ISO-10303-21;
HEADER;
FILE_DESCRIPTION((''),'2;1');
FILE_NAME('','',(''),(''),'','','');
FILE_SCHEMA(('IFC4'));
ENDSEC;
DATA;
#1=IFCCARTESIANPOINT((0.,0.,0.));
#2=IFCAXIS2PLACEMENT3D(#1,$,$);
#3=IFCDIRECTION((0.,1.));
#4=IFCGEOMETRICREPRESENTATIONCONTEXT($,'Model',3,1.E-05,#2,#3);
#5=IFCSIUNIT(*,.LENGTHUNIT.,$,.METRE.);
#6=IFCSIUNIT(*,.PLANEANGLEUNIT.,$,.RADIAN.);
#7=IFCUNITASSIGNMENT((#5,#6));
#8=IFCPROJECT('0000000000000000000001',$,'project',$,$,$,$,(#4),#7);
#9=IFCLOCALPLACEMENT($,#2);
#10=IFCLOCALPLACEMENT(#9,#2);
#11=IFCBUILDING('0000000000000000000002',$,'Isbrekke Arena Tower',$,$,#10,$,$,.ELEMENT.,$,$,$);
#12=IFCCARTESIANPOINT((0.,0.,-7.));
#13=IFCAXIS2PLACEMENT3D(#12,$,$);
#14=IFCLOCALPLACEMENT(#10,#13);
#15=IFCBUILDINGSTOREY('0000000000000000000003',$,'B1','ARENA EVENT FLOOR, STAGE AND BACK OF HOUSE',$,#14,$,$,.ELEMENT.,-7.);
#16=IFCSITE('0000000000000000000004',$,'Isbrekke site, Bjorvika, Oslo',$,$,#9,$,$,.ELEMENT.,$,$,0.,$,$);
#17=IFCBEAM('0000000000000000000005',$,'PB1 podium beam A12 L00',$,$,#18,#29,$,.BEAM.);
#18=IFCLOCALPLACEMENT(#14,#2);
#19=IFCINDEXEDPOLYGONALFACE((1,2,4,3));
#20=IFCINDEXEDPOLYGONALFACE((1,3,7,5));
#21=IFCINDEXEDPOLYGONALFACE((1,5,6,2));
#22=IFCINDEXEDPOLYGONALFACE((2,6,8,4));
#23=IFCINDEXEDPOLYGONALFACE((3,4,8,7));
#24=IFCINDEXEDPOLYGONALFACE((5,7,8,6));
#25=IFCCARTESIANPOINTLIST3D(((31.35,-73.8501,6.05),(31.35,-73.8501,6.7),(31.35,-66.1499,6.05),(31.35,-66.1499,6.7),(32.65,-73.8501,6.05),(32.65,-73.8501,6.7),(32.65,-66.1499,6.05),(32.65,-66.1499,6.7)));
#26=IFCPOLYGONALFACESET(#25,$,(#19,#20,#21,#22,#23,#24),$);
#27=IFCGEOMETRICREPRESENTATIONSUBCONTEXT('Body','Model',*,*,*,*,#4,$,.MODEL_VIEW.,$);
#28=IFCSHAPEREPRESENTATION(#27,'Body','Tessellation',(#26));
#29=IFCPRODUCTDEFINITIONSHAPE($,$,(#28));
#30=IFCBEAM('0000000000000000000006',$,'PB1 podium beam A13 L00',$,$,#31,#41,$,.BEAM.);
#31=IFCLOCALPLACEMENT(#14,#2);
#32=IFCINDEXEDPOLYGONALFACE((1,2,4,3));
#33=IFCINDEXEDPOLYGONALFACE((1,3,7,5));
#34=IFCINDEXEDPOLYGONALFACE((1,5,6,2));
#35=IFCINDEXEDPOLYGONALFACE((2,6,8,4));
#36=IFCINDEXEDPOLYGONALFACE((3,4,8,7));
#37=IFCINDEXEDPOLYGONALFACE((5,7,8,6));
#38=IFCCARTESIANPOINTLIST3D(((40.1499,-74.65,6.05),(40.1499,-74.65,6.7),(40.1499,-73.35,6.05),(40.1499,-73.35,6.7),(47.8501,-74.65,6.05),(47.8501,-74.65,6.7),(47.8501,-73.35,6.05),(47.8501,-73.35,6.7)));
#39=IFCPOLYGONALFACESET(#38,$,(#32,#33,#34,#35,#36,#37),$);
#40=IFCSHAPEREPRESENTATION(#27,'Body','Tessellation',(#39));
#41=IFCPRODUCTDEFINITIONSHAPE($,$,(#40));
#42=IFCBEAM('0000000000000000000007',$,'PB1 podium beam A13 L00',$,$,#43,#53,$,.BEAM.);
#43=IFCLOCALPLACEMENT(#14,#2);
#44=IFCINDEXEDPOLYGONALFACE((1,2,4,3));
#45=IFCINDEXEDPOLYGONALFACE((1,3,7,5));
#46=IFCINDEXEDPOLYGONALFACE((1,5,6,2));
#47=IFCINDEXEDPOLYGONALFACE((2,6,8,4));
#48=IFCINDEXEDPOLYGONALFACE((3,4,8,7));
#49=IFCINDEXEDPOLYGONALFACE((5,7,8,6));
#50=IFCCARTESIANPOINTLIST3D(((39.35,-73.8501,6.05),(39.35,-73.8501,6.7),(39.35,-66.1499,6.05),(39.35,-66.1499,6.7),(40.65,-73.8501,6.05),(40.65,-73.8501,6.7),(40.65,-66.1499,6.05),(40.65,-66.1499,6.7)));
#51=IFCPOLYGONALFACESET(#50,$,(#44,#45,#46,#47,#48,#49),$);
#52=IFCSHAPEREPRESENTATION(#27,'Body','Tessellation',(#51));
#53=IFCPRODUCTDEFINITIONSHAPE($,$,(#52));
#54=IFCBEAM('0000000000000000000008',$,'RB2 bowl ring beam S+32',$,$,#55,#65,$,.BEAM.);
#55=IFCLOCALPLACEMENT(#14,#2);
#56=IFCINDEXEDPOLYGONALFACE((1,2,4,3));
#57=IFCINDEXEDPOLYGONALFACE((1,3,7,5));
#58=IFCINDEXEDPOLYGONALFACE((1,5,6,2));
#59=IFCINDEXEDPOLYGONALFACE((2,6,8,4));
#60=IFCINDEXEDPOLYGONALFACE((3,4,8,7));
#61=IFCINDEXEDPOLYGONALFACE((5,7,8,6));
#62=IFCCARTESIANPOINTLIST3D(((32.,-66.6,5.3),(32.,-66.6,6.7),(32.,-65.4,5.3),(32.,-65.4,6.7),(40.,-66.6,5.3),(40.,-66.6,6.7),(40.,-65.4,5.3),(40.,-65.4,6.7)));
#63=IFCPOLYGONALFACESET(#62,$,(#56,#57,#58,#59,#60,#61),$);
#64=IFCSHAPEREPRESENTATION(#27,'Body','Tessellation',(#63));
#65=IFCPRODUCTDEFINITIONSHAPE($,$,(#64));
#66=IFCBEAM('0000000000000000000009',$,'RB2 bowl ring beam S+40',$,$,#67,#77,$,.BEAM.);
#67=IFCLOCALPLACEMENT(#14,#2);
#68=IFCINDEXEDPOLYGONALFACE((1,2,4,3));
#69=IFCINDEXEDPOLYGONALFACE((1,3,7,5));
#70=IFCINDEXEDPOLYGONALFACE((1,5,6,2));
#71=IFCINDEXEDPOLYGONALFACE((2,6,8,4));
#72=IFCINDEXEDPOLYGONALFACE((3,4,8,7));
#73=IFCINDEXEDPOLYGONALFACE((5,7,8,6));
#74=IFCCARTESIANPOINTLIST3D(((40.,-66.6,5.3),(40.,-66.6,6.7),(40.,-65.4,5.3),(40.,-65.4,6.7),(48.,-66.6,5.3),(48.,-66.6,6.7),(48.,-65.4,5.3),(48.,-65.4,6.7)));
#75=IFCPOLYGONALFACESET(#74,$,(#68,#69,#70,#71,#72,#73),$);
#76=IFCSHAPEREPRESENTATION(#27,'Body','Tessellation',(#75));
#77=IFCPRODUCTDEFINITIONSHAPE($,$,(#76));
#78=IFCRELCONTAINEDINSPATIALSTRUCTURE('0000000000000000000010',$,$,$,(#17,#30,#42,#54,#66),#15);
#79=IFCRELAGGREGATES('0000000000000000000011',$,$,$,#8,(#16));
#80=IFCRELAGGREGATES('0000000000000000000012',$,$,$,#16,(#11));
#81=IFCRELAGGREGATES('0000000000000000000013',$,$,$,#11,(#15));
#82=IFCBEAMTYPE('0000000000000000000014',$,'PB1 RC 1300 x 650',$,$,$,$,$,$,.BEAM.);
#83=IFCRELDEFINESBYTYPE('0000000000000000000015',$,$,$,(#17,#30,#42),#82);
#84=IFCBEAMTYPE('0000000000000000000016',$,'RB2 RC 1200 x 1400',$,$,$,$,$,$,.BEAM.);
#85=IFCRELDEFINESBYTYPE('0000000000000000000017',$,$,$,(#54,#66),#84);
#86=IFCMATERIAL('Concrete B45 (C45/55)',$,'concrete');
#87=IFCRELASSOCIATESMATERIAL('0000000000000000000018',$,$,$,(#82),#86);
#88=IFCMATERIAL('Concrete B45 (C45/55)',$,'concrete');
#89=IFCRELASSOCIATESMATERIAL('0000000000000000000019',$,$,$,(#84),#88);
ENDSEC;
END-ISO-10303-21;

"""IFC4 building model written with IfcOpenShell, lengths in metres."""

from ifc_helpers import new_model, si_unit, direction, frame, origin, origin_2d, place, context, subcontext, project, spatial, rectangle, extrude, material, material_profile, profile_set, type_object, element, save


model = new_model("IFC4")

# Units and contexts
model_context = context("Model", 3, precision=1e-05, world=origin(), true_north=direction((0.0, 1.0)))
body_context = subcontext(model_context, "Body", "Model", "MODEL_VIEW")
ifc_project = project(units=[si_unit("LENGTHUNIT", "METRE"), si_unit("PLANEANGLEUNIT", "RADIAN")], contexts=[model_context])

# Site, building, storey
site_placement = place(None, origin())
site = spatial("IfcSite", under=ifc_project, at=site_placement, Name="Isbrekke site, Bjorvika, Oslo", CompositionType="ELEMENT", RefElevation=0.0)
building_placement = place(site_placement, origin())
building = spatial("IfcBuilding", under=site, at=building_placement, Name="Isbrekke Arena Tower", CompositionType="ELEMENT")
storey_placement = place(building_placement, frame((0.0, 0.0, -7.0)))
storey = spatial("IfcBuildingStorey", under=building, at=storey_placement, Name="B1", Description="ARENA EVENT FLOOR, STAGE AND BACK OF HOUSE", CompositionType="ELEMENT", Elevation=-7.0)

# Beams
ifc_material_1 = material(Name="Concrete B45 (C45/55)", Category="concrete")
ifc_material_profile_1 = material_profile(ifc_material_1, rectangle(XDim=1.3, YDim=0.6499, at=origin_2d()), Name="RC 1300x650")
ifc_profile_set_1 = profile_set([ifc_material_profile_1], Name="Concrete B45 (C45/55)")
beam_type_1 = type_object("IfcBeamType", Name="PB1 RC 1300 x 650", PredefinedType="BEAM", material=ifc_profile_set_1)
for number, where, z_axis, x_axis, name in (
    (1, (32.0, -73.8501, 6.375), (0.0, 1.0, 0.0), (-1.0, 0.0, 0.0), "PB1 podium beam A12 L00"),
    (2, (40.1499, -74.0, 6.375), (1.0, 0.0, 0.0), (0.0, 1.0, 0.0), "PB1 podium beam A13 L00"),
    (3, (40.0, -73.8501, 6.375), (0.0, 1.0, 0.0), (-1.0, 0.0, 0.0), "PB1 podium beam A13 L00"),
):
    element("IfcBeam", number, at=place(storey_placement, frame(where, z_axis=z_axis, x_axis=x_axis)), inside=storey, type_object=beam_type_1, Name=name, PredefinedType="BEAM", context=body_context, shape_type="SweptSolid", body=[
        extrude(rectangle(XDim=1.3, YDim=0.6499, at=origin_2d()), origin(), (0.0, 0.0, 1.0), 7.7002),
    ])
ifc_material_2 = material(Name="Concrete B45 (C45/55)", Category="concrete")
ifc_material_profile_2 = material_profile(ifc_material_2, rectangle(XDim=1.2, YDim=1.3999, at=origin_2d()), Name="RC 1200x1400")
ifc_profile_set_2 = profile_set([ifc_material_profile_2], Name="Concrete B45 (C45/55)")
beam_type_2 = type_object("IfcBeamType", Name="RB2 RC 1200 x 1400", PredefinedType="BEAM", material=ifc_profile_set_2)
for number, where, z_axis, x_axis, name in (
    (4, (32.0, -66.0, 6.0), (1.0, 0.0, 0.0), (0.0, 1.0, 0.0), "RB2 bowl ring beam S+32"),
    (5, (40.0, -66.0, 6.0), (1.0, 0.0, 0.0), (0.0, 1.0, 0.0), "RB2 bowl ring beam S+40"),
):
    element("IfcBeam", number, at=place(storey_placement, frame(where, z_axis=z_axis, x_axis=x_axis)), inside=storey, type_object=beam_type_2, Name=name, PredefinedType="BEAM", context=body_context, shape_type="SweptSolid", body=[
        extrude(rectangle(XDim=1.2, YDim=1.3999, at=origin_2d()), origin(), (0.0, 0.0, 1.0), 8.0),
    ])

save(model, "model.ifc")
